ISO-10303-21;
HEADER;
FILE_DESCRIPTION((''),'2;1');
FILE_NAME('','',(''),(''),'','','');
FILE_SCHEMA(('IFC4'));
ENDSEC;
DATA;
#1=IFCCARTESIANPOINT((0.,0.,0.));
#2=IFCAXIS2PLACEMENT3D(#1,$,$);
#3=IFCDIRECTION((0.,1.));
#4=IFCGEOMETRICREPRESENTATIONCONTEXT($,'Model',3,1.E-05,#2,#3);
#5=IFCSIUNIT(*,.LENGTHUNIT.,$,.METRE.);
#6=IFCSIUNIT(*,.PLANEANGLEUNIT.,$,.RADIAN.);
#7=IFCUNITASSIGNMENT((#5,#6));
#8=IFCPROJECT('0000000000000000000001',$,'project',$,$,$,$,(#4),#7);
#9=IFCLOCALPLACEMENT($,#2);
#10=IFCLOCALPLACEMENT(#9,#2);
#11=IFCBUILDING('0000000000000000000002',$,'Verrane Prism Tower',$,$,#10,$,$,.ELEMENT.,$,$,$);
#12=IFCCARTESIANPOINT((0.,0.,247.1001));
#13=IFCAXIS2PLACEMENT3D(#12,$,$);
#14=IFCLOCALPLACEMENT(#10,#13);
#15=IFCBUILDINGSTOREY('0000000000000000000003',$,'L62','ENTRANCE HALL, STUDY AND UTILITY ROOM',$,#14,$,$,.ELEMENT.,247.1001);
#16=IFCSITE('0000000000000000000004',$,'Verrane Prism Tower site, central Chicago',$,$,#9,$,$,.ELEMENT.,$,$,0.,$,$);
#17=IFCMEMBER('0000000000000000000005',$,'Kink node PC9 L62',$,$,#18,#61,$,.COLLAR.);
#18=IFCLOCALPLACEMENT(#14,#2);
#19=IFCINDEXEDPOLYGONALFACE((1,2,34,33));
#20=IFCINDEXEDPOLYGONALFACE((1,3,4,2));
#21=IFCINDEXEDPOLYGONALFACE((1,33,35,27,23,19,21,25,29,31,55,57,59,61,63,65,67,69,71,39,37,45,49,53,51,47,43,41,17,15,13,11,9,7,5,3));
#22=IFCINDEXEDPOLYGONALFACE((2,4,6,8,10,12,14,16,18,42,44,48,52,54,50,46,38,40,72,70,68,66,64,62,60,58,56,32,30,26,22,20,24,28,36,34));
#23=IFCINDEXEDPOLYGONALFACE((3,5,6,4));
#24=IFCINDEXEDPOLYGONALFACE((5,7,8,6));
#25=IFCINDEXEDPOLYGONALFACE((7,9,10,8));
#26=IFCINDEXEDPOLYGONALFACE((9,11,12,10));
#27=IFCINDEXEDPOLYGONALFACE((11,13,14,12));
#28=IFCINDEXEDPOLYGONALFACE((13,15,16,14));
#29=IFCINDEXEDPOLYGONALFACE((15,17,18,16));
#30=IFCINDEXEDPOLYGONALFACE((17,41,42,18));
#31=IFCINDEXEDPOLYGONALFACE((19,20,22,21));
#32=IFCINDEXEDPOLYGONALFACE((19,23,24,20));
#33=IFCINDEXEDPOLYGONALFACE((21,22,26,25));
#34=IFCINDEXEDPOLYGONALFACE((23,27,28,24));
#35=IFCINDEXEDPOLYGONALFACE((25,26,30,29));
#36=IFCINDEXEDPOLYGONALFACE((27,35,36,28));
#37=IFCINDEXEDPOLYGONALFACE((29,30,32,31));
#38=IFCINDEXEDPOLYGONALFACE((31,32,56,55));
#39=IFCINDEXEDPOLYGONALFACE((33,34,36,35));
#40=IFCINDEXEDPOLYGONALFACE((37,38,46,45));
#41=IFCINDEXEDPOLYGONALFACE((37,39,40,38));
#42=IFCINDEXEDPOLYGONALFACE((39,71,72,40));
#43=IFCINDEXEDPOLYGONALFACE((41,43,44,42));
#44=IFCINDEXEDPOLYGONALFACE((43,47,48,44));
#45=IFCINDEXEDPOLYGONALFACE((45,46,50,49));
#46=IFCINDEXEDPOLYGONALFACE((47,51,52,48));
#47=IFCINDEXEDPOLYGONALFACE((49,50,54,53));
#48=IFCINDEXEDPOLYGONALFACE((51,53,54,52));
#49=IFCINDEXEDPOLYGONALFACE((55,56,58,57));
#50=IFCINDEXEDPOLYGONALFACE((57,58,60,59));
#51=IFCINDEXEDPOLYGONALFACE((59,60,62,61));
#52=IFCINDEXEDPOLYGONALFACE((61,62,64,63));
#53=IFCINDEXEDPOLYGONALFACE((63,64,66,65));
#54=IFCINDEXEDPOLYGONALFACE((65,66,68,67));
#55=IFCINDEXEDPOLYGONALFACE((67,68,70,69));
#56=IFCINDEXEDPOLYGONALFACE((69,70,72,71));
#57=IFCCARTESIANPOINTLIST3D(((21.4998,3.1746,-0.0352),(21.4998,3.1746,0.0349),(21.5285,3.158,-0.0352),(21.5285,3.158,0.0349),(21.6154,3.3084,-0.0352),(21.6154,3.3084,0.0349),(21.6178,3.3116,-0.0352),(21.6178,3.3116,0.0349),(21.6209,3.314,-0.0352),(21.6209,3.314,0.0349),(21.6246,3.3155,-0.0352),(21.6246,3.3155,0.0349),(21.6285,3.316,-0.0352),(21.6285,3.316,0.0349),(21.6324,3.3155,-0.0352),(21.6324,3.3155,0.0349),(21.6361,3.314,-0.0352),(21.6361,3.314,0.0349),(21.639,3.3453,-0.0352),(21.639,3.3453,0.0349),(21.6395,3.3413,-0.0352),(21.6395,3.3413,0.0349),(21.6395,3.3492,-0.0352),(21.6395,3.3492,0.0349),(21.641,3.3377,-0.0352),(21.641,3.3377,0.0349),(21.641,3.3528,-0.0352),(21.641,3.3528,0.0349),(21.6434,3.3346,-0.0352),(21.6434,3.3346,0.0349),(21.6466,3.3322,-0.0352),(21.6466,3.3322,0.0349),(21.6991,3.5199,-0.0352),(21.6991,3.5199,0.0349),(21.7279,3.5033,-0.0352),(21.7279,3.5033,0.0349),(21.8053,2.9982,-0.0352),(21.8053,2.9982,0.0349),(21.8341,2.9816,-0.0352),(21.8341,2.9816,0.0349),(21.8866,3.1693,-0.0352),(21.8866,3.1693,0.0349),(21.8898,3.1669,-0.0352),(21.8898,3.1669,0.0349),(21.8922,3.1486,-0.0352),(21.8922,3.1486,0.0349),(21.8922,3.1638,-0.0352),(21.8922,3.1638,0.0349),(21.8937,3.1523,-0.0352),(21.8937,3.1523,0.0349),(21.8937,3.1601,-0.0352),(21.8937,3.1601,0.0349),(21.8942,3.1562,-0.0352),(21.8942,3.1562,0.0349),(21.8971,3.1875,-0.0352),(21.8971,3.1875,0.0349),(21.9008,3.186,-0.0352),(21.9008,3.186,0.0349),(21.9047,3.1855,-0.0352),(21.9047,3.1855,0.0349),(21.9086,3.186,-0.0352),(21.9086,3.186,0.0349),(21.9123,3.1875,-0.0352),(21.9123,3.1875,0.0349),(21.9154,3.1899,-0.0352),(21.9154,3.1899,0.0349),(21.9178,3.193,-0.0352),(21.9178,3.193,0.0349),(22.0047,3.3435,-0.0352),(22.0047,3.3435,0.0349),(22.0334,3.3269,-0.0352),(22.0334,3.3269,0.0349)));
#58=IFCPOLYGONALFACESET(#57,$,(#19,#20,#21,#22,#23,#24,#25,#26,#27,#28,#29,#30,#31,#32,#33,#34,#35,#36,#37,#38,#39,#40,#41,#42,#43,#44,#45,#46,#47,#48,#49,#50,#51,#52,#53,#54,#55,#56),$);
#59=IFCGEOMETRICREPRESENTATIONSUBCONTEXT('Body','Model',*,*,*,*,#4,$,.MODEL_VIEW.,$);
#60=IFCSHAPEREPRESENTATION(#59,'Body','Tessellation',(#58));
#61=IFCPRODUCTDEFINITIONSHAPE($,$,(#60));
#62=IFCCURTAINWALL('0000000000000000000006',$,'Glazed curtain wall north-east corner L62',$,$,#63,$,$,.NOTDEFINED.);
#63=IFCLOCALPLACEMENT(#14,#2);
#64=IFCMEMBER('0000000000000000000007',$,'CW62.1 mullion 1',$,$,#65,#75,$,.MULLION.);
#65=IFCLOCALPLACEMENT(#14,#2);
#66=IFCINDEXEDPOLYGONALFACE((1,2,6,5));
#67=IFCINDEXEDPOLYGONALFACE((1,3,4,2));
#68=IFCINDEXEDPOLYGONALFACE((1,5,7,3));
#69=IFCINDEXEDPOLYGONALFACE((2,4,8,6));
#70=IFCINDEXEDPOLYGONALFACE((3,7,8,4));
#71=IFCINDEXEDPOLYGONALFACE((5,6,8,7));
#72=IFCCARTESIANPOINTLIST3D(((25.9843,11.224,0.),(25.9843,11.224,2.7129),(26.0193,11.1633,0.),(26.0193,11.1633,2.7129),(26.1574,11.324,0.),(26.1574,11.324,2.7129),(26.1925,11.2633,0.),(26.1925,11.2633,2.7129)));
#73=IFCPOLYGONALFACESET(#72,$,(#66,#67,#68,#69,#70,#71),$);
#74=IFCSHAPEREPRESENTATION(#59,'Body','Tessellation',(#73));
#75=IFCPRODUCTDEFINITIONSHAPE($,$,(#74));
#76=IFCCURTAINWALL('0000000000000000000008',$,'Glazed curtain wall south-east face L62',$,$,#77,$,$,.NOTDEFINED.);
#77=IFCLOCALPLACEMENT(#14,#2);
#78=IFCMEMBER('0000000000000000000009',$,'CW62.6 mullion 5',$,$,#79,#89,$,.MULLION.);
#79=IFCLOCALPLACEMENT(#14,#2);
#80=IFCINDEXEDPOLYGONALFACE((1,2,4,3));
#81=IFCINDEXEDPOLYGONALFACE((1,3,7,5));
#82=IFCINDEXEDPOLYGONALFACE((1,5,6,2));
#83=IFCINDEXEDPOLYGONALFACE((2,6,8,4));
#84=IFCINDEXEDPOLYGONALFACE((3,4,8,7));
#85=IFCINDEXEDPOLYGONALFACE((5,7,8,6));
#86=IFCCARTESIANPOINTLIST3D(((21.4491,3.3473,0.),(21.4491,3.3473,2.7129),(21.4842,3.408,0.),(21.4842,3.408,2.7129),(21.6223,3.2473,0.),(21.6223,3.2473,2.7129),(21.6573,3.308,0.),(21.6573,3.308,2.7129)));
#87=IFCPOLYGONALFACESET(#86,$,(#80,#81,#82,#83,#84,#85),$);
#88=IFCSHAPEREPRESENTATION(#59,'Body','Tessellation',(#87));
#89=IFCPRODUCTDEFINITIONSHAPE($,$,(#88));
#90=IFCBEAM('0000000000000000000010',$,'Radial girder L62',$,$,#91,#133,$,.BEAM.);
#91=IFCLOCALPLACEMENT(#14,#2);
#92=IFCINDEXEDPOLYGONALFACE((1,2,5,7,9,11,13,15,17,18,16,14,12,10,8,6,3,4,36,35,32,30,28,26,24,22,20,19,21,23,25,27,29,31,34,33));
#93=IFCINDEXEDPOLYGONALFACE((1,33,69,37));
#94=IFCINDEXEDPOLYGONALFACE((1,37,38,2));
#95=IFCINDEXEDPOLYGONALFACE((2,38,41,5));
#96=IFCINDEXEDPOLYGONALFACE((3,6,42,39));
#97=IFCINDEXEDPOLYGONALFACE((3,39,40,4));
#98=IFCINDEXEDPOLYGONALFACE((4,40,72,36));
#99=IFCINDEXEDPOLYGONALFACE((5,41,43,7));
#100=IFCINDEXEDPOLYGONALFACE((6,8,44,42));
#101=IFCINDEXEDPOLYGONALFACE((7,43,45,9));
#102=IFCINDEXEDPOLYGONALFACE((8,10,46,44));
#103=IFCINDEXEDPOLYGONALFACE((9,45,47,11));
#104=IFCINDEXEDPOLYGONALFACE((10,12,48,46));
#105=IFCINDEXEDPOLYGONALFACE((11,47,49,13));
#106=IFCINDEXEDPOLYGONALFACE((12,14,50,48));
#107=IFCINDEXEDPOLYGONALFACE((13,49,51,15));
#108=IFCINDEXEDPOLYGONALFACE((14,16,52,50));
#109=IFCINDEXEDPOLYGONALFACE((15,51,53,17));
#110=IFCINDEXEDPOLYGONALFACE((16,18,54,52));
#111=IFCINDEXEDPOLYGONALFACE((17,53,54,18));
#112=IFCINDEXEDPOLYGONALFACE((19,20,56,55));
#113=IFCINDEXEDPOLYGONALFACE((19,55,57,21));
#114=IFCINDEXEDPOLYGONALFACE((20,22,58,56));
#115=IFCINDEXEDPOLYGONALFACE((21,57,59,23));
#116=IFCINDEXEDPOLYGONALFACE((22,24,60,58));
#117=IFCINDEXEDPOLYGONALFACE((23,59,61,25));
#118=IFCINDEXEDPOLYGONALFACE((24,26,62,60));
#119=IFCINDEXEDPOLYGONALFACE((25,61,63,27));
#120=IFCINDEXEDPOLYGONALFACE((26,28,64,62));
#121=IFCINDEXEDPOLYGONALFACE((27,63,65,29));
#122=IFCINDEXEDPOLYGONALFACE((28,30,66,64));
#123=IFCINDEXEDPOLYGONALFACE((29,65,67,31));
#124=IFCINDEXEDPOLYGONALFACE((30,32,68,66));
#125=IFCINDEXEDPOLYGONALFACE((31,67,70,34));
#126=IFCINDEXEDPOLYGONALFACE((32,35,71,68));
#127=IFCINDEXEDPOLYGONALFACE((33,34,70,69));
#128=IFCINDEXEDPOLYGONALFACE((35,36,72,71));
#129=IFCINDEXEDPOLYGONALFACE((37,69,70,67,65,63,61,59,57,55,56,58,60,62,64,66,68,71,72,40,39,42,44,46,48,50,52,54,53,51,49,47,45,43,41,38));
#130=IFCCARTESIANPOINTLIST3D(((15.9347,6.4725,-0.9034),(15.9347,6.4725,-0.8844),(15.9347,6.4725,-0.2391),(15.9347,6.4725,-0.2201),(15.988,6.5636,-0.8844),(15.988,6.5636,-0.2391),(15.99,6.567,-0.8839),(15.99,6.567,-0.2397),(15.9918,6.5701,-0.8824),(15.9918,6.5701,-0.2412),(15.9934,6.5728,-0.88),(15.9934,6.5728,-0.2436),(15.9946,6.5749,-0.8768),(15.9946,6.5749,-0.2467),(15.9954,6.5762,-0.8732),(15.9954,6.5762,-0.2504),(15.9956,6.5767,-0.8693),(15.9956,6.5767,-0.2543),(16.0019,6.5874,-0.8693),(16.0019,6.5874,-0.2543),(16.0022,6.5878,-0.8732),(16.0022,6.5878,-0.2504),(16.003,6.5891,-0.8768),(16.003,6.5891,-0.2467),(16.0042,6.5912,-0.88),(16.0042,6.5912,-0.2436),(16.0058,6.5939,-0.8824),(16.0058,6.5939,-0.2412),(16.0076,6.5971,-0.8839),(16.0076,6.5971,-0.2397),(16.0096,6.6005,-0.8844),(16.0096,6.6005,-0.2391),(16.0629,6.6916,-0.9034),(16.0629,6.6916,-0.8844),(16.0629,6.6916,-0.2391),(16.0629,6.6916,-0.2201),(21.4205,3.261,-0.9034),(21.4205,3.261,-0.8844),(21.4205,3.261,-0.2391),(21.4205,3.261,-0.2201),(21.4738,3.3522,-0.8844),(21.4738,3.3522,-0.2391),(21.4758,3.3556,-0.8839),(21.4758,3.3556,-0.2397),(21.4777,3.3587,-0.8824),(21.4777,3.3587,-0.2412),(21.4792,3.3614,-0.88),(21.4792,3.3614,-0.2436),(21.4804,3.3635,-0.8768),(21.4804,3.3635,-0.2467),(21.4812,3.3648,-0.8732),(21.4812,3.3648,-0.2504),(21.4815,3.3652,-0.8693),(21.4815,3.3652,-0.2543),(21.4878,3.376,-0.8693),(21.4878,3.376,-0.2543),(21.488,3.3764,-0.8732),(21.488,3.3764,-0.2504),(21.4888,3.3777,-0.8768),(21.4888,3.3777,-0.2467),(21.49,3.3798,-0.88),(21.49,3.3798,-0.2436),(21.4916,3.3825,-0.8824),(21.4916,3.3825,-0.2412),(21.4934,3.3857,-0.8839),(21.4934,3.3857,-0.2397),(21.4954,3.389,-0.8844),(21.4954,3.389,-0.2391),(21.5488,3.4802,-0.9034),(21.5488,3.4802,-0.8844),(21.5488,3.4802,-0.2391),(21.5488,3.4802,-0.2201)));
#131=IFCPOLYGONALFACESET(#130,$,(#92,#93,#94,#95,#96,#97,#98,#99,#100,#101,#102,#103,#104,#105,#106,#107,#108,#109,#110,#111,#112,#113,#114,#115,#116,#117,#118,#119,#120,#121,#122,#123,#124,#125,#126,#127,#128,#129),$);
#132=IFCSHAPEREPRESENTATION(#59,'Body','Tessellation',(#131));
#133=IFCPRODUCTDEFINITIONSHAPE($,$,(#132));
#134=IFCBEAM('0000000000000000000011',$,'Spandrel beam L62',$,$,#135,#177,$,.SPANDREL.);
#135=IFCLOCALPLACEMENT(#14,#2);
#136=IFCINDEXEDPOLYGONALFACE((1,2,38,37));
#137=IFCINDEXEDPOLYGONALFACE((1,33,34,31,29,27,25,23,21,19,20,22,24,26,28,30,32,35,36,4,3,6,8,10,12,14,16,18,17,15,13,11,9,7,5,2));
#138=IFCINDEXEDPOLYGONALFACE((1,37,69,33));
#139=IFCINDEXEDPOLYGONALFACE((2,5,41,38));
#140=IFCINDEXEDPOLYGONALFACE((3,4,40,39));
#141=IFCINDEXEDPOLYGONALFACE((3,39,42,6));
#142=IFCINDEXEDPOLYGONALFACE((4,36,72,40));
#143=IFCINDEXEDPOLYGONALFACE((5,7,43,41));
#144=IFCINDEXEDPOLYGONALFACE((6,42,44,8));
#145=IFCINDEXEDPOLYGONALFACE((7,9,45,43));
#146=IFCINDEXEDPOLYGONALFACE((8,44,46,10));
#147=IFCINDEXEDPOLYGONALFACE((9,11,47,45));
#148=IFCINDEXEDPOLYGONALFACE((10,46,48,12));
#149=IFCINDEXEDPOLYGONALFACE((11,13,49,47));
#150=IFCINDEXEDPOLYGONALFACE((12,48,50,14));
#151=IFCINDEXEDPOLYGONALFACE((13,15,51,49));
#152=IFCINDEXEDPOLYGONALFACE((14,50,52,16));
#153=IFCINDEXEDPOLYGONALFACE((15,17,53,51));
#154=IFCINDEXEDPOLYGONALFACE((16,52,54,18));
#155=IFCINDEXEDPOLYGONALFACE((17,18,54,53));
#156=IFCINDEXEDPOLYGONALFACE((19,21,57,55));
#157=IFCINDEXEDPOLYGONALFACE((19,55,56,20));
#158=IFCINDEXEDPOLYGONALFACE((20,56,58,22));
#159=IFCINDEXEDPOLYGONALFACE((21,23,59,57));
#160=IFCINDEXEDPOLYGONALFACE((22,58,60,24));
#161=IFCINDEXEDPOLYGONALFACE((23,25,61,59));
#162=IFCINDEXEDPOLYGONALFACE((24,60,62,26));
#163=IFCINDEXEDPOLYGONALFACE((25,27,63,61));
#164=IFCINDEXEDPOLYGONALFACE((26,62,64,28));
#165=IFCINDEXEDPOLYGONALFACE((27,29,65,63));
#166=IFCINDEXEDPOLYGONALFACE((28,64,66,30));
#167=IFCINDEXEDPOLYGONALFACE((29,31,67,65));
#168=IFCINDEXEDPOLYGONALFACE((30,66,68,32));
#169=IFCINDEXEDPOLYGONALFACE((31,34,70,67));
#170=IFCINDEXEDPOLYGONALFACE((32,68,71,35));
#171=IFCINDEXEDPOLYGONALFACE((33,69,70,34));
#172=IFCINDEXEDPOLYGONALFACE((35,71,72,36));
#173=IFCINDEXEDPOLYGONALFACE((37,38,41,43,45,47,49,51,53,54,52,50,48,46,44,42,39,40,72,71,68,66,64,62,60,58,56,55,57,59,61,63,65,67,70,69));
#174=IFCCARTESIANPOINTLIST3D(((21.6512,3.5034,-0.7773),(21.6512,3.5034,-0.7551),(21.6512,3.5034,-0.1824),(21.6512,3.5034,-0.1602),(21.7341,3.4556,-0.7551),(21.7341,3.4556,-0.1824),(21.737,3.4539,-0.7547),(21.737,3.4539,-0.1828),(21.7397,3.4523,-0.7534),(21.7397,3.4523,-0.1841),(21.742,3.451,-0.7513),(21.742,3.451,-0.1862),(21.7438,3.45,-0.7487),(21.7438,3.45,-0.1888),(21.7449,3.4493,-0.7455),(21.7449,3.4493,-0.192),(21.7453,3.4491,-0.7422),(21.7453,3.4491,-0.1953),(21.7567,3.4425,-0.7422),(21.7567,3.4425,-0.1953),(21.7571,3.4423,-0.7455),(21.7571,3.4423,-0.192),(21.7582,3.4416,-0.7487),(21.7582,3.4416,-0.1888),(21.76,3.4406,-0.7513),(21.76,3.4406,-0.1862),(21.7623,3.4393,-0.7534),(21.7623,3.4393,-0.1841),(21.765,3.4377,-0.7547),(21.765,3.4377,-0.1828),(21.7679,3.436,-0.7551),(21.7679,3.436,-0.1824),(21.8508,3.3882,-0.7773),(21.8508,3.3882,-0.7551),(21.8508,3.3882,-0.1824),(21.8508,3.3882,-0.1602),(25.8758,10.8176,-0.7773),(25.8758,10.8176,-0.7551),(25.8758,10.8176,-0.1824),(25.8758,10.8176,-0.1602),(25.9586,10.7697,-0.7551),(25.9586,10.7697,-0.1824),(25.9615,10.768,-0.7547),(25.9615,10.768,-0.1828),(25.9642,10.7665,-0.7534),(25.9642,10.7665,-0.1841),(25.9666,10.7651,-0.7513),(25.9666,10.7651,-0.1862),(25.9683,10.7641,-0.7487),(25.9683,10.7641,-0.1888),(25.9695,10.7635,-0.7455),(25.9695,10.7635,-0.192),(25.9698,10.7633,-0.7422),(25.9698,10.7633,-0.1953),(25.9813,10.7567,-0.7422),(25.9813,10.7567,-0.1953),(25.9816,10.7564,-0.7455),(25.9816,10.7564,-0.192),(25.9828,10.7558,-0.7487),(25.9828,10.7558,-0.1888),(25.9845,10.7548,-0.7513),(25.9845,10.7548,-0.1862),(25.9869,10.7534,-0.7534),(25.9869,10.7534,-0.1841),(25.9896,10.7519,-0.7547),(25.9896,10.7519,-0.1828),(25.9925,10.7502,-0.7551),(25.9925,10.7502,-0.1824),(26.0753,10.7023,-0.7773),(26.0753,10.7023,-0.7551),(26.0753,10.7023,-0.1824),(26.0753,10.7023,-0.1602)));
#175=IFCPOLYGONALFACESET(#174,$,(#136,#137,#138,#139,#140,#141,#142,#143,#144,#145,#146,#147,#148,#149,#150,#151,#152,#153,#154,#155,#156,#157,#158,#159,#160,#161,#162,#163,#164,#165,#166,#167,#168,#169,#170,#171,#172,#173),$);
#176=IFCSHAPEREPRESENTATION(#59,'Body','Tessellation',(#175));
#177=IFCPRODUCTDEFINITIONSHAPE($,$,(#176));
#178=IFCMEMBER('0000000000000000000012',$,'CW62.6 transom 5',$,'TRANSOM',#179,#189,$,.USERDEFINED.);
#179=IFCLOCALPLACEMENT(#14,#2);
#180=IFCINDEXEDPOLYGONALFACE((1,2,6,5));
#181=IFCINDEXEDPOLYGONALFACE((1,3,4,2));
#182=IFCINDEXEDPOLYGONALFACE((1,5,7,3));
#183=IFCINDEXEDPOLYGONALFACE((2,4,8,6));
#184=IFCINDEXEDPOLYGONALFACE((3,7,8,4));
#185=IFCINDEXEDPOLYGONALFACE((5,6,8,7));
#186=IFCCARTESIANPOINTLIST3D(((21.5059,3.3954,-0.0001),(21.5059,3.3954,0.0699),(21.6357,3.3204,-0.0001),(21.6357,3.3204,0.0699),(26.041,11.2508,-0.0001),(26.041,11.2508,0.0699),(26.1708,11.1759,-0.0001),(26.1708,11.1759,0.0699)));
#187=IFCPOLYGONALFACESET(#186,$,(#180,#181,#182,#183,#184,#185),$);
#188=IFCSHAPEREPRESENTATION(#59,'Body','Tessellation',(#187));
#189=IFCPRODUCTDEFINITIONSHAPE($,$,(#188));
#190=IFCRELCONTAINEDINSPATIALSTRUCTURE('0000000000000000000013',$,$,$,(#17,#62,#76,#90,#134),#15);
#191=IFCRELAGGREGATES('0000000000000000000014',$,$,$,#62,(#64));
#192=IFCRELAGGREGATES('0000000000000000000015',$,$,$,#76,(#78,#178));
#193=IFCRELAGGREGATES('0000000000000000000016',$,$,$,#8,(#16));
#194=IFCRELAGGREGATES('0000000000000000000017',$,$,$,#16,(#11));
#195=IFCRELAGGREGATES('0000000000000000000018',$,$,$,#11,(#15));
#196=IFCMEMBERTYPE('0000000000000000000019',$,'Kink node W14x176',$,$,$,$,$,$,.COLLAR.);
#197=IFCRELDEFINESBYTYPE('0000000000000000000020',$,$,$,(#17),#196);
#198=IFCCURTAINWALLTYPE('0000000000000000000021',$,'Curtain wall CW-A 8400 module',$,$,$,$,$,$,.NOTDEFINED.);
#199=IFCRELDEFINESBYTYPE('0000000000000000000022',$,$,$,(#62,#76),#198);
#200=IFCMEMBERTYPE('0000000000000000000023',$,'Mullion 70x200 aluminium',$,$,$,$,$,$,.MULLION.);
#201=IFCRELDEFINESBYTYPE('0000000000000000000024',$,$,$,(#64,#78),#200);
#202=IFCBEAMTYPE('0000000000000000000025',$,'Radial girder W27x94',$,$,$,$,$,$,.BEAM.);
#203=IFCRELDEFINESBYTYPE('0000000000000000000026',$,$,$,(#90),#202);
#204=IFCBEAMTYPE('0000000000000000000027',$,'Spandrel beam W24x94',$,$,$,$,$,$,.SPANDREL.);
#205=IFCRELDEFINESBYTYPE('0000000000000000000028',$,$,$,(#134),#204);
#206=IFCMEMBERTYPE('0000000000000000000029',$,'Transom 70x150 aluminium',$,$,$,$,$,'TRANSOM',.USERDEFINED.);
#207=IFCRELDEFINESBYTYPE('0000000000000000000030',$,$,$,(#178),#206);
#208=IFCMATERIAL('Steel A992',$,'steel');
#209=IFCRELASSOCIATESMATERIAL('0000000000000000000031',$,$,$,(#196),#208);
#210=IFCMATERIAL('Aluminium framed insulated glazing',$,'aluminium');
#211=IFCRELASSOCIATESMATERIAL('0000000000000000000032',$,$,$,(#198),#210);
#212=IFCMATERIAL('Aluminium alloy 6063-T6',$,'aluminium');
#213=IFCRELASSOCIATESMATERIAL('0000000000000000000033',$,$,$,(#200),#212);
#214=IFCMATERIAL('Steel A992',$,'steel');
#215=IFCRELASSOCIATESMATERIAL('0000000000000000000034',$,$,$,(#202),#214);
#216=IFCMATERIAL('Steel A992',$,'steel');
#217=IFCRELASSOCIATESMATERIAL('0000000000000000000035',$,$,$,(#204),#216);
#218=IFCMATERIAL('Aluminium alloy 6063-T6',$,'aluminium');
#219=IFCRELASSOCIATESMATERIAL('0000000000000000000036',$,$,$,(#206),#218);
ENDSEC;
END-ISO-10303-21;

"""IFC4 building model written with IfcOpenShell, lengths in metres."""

from ifc_helpers import new_model, si_unit, direction, frame, origin, origin_2d, place, context, subcontext, project, spatial, rectangle, i_section, extrude, material, material_profile, profile_set, type_object, element, aggregate, save


model = new_model("IFC4")

# Units and contexts
model_context = context("Model", 3, precision=1e-05, world=origin(), true_north=direction((0.0, 1.0)))
body_context = subcontext(model_context, "Body", "Model", "MODEL_VIEW")
ifc_project = project(units=[si_unit("LENGTHUNIT", "METRE"), si_unit("PLANEANGLEUNIT", "RADIAN")], contexts=[model_context])

# Site, building, storey
site_placement = place(None, origin())
site = spatial("IfcSite", under=ifc_project, at=site_placement, Name="Verrane Prism Tower site, central Chicago", CompositionType="ELEMENT", RefElevation=0.0)
building_placement = place(site_placement, origin())
building = spatial("IfcBuilding", under=site, at=building_placement, Name="Verrane Prism Tower", CompositionType="ELEMENT")
storey_placement = place(building_placement, frame((0.0, 0.0, 247.1001)))
storey = spatial("IfcBuildingStorey", under=building, at=storey_placement, Name="L62", Description="ENTRANCE HALL, STUDY AND UTILITY ROOM", CompositionType="ELEMENT", Elevation=247.1001)

# Member
ifc_material_1 = material(Name="Steel A992", Category="steel")
ifc_material_profile_1 = material_profile(ifc_material_1, i_section(OverallWidth=0.3987, OverallDepth=0.386, WebThickness=0.021, FlangeThickness=0.0332, FilletRadius=0.0151, at=origin_2d()), Name="W14x176")
ifc_profile_set_1 = profile_set([ifc_material_profile_1], Name="Steel A992")
member_type_1 = type_object("IfcMemberType", Name="Kink node W14x176", PredefinedType="COLLAR", material=ifc_profile_set_1)
member_1_placement = place(storey_placement, frame((21.7666, 3.2507, -0.0352), z_axis=(0.0, 0.0, 1.0), x_axis=(-0.5, -0.866025, 0.0)))
element("IfcMember", 1, at=member_1_placement, inside=storey, type_object=member_type_1, Name="Kink node PC9 L62", PredefinedType="COLLAR", context=body_context, shape_type="SweptSolid", body=[
    extrude(i_section(OverallWidth=0.3987, OverallDepth=0.386, WebThickness=0.021, FlangeThickness=0.0332, FilletRadius=0.0151, at=origin_2d()), origin(), (0.0, 0.0, 1.0), 0.0701),
])

# Curtain walls, members
ifc_material_2 = material(Name="Aluminium framed insulated glazing", Category="aluminium")
curtain_wall_type = type_object("IfcCurtainWallType", Name="Curtain wall CW-A 8400 module", PredefinedType="NOTDEFINED", material=ifc_material_2)
curtain_wall_1_placement = place(storey_placement, origin())
curtain_wall_1 = element("IfcCurtainWall", 2, at=curtain_wall_1_placement, inside=storey, type_object=curtain_wall_type, Name="Glazed curtain wall north-east corner L62", PredefinedType="NOTDEFINED")
ifc_material_3 = material(Name="Aluminium alloy 6063-T6", Category="aluminium")
ifc_material_profile_2 = material_profile(ifc_material_3, rectangle(XDim=0.2, YDim=0.0701, at=origin_2d()), Name="Mullion 70x200 aluminium")
ifc_profile_set_2 = profile_set([ifc_material_profile_2], Name="Aluminium alloy 6063-T6")
member_type_2 = type_object("IfcMemberType", Name="Mullion 70x200 aluminium", PredefinedType="MULLION", material=ifc_profile_set_2)
member_2_placement = place(storey_placement, frame((26.0884, 11.2437, 0.0), z_axis=(0.0, 0.0, 1.0), x_axis=(-0.866028, -0.499996, 0.0)))
member_2 = element("IfcMember", 3, at=member_2_placement, type_object=member_type_2, Name="CW62.1 mullion 1", PredefinedType="MULLION", context=body_context, shape_type="SweptSolid", body=[
    extrude(rectangle(XDim=0.2, YDim=0.0701, at=origin_2d()), origin(), (0.0, 0.0, 1.0), 2.7129),
])
aggregate(curtain_wall_1, [member_2])
curtain_wall_2_placement = place(storey_placement, origin())
curtain_wall_2 = element("IfcCurtainWall", 4, at=curtain_wall_2_placement, inside=storey, type_object=curtain_wall_type, Name="Glazed curtain wall south-east face L62", PredefinedType="NOTDEFINED")
member_3_placement = place(storey_placement, frame((21.5532, 3.3276, 0.0), z_axis=(0.0, 0.0, 1.0), x_axis=(-0.866026, 0.5, 0.0)))
member_3 = element("IfcMember", 5, at=member_3_placement, type_object=member_type_2, Name="CW62.6 mullion 5", PredefinedType="MULLION", context=body_context, shape_type="SweptSolid", body=[
    extrude(rectangle(XDim=0.2, YDim=0.0701, at=origin_2d()), origin(), (0.0, 0.0, 1.0), 2.7129),
])

# Beams
ifc_material_4 = material(Name="Steel A992", Category="steel")
ifc_material_profile_3 = material_profile(ifc_material_4, i_section(OverallWidth=0.2539, OverallDepth=0.6833, WebThickness=0.0125, FlangeThickness=0.019, FilletRadius=0.0151, at=origin_2d()), Name="W27x94")
ifc_profile_set_3 = profile_set([ifc_material_profile_3], Name="Steel A992")
beam_type_1 = type_object("IfcBeamType", Name="Radial girder W27x94", PredefinedType="BEAM", material=ifc_profile_set_3)
beam_1_placement = place(storey_placement, frame((21.4846, 3.3706, -0.5618), z_axis=(-0.863001, 0.505203, 0.0), x_axis=(-0.505203, -0.863001, 0.0)))
element("IfcBeam", 6, at=beam_1_placement, inside=storey, type_object=beam_type_1, Name="Radial girder L62", PredefinedType="BEAM", context=body_context, shape_type="SweptSolid", body=[
    extrude(i_section(OverallWidth=0.2539, OverallDepth=0.6833, WebThickness=0.0125, FlangeThickness=0.019, FilletRadius=0.0151, at=origin_2d()), origin(), (0.0, 0.0, 1.0), 6.3567),
])
ifc_material_5 = material(Name="Steel A992", Category="steel")
ifc_material_profile_4 = material_profile(ifc_material_5, i_section(OverallWidth=0.2305, OverallDepth=0.6172, WebThickness=0.0132, FlangeThickness=0.0222, FilletRadius=0.0129, at=origin_2d()), Name="W24x94")
ifc_profile_set_4 = profile_set([ifc_material_profile_4], Name="Steel A992")
beam_type_2 = type_object("IfcBeamType", Name="Spandrel beam W24x94", PredefinedType="SPANDREL", material=ifc_profile_set_4)
beam_2_placement = place(storey_placement, frame((21.751, 3.4458, -0.4688), z_axis=(0.500155, 0.865936, 0.0), x_axis=(-0.865936, 0.500155, 0.0)))
element("IfcBeam", 7, at=beam_2_placement, inside=storey, type_object=beam_type_2, Name="Spandrel beam L62", PredefinedType="SPANDREL", context=body_context, shape_type="SweptSolid", body=[
    extrude(i_section(OverallWidth=0.2305, OverallDepth=0.6172, WebThickness=0.0132, FlangeThickness=0.0222, FilletRadius=0.0129, at=origin_2d()), origin(), (0.0, 0.0, 1.0), 8.4465),
])

# Member
ifc_material_6 = material(Name="Aluminium alloy 6063-T6", Category="aluminium")
ifc_material_profile_5 = material_profile(ifc_material_6, rectangle(XDim=0.1499, YDim=0.0701, at=origin_2d()), Name="Transom 70x150 aluminium")
ifc_profile_set_5 = profile_set([ifc_material_profile_5], Name="Aluminium alloy 6063-T6")
member_type_3 = type_object("IfcMemberType", Name="Transom 70x150 aluminium", ElementType="TRANSOM", PredefinedType="USERDEFINED", material=ifc_profile_set_5)
member_4_placement = place(storey_placement, frame((21.5708, 3.3579, 0.0349), z_axis=(0.499983, 0.866035, 0.0), x_axis=(-0.866035, 0.499983, 0.0)))
member_4 = element("IfcMember", 8, at=member_4_placement, type_object=member_type_3, Name="CW62.6 transom 5", ObjectType="TRANSOM", PredefinedType="USERDEFINED", context=body_context, shape_type="SweptSolid", body=[
    extrude(rectangle(XDim=0.1499, YDim=0.0701, at=origin_2d()), origin(), (0.0, 0.0, 1.0), 9.0706),
])

aggregate(curtain_wall_2, [member_3, member_4])

save(model, "model.ifc")
